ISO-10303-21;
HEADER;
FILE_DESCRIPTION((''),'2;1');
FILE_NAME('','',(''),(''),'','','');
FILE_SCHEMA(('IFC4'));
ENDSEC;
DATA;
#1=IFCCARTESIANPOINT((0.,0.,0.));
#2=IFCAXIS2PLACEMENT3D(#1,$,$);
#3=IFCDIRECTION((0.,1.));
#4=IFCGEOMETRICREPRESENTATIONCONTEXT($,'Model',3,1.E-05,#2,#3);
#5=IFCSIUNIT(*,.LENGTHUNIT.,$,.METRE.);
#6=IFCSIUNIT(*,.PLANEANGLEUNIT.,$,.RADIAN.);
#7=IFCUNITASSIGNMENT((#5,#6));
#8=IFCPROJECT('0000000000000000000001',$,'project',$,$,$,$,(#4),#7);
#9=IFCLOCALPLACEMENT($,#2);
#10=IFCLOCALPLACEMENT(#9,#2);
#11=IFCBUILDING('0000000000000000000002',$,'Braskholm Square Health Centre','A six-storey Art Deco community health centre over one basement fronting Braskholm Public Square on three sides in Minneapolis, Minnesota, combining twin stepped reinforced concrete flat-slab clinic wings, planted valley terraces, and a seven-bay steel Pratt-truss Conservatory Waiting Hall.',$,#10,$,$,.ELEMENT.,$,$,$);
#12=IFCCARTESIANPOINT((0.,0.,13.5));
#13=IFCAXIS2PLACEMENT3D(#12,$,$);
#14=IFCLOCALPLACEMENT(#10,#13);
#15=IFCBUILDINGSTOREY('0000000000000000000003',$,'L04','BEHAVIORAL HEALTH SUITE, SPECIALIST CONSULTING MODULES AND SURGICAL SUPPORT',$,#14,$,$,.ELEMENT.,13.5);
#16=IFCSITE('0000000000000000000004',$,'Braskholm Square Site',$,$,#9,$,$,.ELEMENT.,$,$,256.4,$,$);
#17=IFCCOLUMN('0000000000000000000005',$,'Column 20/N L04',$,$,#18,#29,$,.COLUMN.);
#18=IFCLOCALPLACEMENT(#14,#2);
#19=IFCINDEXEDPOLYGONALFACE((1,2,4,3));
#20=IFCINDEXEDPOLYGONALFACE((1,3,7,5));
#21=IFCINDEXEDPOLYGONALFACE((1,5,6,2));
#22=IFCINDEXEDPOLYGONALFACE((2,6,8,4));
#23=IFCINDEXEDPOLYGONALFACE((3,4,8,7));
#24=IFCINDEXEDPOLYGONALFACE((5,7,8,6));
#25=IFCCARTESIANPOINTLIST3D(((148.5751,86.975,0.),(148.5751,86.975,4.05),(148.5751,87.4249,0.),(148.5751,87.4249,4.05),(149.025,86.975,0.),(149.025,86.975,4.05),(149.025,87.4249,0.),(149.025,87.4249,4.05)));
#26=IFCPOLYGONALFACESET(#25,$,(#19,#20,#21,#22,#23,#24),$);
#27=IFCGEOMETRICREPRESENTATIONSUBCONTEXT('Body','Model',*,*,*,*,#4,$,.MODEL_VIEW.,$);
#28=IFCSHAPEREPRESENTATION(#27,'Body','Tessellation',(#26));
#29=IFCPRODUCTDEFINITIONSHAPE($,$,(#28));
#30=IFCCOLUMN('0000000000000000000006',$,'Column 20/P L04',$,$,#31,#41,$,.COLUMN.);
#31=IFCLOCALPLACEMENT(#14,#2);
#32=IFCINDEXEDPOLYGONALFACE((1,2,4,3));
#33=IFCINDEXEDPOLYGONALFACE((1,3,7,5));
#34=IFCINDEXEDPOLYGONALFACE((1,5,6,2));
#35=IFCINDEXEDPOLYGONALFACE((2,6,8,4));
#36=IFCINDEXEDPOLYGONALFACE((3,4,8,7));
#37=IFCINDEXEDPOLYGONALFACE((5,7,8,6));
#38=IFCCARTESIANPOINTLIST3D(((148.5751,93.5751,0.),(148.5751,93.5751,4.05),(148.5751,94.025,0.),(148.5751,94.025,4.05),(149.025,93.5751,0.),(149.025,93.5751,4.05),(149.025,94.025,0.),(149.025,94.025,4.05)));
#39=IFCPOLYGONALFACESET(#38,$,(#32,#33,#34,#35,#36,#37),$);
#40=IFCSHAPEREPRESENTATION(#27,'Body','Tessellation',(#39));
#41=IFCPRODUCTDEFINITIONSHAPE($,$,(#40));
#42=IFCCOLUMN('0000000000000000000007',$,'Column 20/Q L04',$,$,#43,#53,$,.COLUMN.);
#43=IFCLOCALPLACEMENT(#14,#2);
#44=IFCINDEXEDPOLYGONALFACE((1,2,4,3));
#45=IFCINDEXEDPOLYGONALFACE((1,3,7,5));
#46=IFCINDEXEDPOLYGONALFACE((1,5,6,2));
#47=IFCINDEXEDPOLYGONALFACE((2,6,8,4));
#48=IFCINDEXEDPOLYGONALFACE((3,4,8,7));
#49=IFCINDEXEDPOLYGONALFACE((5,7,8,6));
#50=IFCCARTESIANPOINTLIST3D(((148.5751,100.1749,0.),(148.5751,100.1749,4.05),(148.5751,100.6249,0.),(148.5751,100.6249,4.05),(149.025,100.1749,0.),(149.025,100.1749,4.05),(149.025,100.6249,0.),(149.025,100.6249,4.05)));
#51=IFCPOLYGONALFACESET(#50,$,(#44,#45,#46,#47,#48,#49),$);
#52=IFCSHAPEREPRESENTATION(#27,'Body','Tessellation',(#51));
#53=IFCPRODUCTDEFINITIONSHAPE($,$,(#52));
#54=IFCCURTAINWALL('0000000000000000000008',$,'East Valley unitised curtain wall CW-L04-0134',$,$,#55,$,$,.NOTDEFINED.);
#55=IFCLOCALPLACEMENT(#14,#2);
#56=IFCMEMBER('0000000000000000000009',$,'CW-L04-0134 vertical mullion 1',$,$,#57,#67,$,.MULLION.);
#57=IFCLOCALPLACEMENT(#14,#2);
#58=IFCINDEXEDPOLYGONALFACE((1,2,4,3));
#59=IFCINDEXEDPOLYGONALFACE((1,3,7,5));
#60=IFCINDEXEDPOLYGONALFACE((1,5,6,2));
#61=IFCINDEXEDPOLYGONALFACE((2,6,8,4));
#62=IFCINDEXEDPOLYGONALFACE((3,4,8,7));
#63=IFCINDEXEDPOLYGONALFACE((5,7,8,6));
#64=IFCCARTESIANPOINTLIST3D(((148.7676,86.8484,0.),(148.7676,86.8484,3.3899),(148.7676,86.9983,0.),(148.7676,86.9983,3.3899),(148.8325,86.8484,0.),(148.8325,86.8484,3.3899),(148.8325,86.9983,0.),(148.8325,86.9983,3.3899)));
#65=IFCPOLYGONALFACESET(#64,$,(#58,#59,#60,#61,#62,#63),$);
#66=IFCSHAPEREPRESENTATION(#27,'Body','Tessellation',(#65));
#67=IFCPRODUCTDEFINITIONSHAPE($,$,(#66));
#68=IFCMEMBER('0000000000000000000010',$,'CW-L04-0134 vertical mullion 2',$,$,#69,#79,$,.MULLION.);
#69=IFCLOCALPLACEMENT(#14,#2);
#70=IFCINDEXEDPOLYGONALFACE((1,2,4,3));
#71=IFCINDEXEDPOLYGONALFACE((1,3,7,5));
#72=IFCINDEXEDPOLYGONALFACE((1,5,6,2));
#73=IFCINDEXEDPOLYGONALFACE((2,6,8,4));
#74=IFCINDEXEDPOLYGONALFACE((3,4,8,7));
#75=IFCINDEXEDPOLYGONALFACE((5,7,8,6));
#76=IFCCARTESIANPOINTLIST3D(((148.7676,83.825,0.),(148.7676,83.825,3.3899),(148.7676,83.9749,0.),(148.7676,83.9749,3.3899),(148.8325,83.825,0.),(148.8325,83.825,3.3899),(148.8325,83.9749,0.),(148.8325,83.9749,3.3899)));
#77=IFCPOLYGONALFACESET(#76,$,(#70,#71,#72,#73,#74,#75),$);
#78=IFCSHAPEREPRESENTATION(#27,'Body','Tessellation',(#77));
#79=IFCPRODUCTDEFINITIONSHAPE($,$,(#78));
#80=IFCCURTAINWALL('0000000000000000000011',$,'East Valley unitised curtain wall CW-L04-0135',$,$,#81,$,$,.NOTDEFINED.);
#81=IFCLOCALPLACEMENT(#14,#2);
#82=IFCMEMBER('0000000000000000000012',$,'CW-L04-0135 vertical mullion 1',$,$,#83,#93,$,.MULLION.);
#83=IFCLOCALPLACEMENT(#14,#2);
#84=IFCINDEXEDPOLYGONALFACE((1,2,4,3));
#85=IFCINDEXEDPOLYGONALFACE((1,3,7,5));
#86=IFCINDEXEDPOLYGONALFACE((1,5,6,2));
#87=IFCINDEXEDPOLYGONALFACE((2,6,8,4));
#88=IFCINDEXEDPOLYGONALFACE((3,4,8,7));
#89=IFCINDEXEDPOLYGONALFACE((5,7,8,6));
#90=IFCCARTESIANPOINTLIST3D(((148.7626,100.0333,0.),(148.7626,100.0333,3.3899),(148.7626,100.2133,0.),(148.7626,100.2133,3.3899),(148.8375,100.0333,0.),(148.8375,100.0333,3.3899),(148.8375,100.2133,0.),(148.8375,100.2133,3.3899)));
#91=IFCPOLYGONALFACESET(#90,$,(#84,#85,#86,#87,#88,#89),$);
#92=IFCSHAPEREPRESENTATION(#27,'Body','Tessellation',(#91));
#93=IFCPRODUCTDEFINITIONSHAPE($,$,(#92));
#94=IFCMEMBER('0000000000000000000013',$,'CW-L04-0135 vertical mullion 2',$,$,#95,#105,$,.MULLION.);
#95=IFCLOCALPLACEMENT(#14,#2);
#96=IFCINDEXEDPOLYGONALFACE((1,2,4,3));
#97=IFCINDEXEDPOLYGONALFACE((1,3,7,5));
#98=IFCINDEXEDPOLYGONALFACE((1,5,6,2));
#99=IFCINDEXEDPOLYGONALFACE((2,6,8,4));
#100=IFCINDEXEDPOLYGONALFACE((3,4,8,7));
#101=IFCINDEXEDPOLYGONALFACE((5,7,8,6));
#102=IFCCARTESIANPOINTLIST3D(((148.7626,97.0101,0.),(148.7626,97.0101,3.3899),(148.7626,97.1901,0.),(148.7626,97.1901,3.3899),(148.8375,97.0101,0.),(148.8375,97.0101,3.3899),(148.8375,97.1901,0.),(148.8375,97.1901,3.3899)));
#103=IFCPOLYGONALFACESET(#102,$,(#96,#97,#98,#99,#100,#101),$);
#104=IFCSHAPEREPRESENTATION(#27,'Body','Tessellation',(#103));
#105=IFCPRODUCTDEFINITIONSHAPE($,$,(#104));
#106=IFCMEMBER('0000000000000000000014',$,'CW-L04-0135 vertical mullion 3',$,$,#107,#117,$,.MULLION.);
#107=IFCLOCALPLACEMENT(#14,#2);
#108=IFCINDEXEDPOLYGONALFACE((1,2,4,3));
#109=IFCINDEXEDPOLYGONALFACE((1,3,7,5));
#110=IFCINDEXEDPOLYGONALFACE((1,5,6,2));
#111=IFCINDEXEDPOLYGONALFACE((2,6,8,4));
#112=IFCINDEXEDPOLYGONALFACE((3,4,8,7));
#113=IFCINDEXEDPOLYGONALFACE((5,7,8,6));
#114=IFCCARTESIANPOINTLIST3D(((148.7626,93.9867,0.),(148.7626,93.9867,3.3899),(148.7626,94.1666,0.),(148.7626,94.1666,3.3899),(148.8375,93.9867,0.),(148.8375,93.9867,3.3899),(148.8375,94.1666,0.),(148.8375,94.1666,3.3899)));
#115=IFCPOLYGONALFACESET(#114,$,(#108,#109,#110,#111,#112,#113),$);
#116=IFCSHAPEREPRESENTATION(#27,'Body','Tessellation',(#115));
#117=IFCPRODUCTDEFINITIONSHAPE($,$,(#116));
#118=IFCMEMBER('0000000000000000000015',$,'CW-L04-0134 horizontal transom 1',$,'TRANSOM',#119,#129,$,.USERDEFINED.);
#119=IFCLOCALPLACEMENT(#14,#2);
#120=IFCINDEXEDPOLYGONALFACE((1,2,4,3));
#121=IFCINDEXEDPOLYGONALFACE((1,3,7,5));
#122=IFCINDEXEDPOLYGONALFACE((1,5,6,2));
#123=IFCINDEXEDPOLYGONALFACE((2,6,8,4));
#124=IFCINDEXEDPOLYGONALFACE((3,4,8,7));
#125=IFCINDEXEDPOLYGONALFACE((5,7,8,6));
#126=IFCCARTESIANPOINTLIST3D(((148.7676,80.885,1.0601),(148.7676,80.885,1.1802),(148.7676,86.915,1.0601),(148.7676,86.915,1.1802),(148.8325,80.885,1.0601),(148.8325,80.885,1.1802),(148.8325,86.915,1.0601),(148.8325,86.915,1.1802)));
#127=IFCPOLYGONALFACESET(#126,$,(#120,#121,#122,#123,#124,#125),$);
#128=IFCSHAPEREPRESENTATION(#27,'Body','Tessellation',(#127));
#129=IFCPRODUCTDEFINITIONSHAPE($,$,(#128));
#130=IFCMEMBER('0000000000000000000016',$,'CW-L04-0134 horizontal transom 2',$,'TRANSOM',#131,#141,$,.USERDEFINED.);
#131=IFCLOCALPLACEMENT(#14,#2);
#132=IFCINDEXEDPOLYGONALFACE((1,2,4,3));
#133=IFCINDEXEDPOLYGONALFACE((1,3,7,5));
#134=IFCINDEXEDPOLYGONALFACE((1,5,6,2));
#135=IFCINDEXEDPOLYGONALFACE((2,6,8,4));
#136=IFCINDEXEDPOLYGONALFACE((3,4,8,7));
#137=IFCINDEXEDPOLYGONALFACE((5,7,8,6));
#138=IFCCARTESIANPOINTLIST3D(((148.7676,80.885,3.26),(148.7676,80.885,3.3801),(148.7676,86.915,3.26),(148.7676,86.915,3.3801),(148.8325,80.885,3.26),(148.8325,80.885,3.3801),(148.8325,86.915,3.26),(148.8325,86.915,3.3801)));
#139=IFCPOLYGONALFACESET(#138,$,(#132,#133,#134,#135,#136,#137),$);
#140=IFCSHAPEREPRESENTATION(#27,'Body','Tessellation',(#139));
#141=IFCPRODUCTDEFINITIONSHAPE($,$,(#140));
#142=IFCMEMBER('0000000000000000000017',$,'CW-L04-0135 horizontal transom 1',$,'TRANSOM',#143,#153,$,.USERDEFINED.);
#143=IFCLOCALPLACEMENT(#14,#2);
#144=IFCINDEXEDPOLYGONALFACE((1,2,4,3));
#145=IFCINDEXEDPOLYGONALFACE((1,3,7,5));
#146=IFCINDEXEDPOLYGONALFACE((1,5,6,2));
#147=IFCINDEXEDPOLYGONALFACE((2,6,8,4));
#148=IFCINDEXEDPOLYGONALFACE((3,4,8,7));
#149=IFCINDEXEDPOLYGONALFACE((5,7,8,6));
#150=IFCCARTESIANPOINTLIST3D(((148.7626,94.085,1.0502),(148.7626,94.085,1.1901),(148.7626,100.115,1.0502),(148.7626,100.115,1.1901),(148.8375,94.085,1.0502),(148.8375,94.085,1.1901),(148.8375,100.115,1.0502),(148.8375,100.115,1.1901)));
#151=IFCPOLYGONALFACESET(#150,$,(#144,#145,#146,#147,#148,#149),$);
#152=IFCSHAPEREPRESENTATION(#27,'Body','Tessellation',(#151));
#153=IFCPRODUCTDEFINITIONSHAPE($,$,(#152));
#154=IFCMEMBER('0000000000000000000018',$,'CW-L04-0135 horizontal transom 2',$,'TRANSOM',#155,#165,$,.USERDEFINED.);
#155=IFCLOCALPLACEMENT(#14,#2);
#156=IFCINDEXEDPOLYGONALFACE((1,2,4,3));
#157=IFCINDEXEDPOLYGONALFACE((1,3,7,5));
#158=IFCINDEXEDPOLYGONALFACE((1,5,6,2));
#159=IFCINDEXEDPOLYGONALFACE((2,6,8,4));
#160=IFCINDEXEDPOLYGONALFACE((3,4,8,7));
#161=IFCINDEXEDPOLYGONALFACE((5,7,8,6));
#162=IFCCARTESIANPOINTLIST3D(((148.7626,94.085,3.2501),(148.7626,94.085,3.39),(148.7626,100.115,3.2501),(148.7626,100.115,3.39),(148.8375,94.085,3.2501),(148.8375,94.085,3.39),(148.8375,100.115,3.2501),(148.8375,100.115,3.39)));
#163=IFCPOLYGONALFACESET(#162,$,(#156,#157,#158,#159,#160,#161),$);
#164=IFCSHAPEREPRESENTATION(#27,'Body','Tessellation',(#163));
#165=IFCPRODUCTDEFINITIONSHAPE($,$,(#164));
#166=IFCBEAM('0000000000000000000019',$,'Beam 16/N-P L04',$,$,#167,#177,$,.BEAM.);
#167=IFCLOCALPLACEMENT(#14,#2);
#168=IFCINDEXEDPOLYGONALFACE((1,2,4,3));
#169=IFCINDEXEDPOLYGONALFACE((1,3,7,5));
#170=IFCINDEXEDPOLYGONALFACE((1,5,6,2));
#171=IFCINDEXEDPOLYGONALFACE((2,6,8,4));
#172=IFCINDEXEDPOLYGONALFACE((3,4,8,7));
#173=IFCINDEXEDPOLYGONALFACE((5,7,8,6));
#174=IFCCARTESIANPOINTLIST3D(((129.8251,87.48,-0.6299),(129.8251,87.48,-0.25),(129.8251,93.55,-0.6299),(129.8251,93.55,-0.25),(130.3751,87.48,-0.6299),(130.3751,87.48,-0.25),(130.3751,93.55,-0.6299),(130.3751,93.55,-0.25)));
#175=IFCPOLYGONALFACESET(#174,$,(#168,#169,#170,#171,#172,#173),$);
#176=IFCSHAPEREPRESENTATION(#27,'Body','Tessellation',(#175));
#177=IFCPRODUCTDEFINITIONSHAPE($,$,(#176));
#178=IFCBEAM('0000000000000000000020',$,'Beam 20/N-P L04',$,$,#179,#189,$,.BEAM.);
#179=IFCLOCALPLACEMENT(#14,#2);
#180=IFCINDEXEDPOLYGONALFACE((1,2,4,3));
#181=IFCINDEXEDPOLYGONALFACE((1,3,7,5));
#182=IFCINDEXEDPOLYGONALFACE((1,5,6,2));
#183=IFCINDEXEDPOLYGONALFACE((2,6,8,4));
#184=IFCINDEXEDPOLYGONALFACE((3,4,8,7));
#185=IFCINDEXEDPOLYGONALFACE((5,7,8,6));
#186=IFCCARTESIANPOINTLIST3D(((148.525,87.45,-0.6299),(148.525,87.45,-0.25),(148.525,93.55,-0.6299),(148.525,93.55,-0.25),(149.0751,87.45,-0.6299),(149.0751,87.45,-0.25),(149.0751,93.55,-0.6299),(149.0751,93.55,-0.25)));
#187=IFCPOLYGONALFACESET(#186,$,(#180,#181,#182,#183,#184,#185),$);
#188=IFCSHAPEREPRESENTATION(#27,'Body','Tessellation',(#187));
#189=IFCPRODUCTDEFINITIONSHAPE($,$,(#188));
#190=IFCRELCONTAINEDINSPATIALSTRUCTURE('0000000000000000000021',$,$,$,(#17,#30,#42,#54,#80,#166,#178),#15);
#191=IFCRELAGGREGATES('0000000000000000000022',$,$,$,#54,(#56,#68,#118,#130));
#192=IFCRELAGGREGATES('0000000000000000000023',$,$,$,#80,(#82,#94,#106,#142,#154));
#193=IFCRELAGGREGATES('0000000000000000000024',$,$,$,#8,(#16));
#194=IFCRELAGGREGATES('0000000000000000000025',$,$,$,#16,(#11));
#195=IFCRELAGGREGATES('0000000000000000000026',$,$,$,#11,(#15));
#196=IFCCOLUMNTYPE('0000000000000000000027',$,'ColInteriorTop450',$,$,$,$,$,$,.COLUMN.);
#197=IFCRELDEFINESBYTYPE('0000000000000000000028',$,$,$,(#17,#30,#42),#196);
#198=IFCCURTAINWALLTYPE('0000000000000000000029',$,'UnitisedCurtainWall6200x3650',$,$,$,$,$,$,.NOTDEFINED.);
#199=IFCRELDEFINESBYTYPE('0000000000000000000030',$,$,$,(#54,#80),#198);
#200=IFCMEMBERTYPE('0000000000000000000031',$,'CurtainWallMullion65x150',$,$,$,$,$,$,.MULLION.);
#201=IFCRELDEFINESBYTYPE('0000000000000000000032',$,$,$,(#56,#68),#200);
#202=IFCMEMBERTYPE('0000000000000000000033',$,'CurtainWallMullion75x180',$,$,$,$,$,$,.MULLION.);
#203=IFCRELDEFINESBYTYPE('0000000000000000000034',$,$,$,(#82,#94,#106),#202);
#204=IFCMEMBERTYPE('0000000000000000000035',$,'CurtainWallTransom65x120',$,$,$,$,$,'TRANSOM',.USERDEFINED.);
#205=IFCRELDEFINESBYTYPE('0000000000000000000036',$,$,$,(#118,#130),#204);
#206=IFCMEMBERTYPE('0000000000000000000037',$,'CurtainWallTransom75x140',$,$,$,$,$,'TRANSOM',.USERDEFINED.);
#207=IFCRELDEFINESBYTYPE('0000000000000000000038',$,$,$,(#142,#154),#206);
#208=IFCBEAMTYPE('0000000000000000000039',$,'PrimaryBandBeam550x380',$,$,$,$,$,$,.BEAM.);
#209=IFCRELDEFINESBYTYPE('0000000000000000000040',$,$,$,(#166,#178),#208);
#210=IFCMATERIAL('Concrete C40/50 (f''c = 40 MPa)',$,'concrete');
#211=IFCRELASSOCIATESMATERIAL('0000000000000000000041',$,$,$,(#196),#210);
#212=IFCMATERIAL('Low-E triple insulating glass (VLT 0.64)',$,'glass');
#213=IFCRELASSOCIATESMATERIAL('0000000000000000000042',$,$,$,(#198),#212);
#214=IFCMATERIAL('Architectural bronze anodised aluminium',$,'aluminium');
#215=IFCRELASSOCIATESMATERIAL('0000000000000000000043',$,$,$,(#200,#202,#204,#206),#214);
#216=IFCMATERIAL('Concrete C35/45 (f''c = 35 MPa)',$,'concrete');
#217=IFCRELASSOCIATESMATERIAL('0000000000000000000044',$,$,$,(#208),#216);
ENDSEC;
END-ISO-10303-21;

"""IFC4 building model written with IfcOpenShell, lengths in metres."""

from ifc_helpers import new_model, si_unit, direction, frame, origin, origin_2d, place, context, subcontext, project, spatial, rectangle, extrude, material, material_profile, profile_set, type_object, element, aggregate, save


model = new_model("IFC4")

# Units and contexts
model_context = context("Model", 3, precision=1e-05, world=origin(), true_north=direction((0.0, 1.0)))
body_context = subcontext(model_context, "Body", "Model", "MODEL_VIEW")
ifc_project = project(units=[si_unit("LENGTHUNIT", "METRE"), si_unit("PLANEANGLEUNIT", "RADIAN")], contexts=[model_context])

# Site, building, storey
site_placement = place(None, origin())
site = spatial("IfcSite", under=ifc_project, at=site_placement, Name="Braskholm Square Site", CompositionType="ELEMENT", RefElevation=256.4)
building_placement = place(site_placement, origin())
building = spatial("IfcBuilding", under=site, at=building_placement, Name="Braskholm Square Health Centre", Description="A six-storey Art Deco community health centre over one basement fronting Braskholm Public Square on three sides in Minneapolis, Minnesota, combining twin stepped reinforced concrete flat-slab clinic wings, planted valley terraces, and a seven-bay steel Pratt-truss Conservatory Waiting Hall.", CompositionType="ELEMENT")
storey_placement = place(building_placement, frame((0.0, 0.0, 13.5)))
storey = spatial("IfcBuildingStorey", under=building, at=storey_placement, Name="L04", Description="BEHAVIORAL HEALTH SUITE, SPECIALIST CONSULTING MODULES AND SURGICAL SUPPORT", CompositionType="ELEMENT", Elevation=13.5)

# Columns
ifc_material_1 = material(Name="Concrete C40/50 (f'c = 40 MPa)", Category="concrete")
ifc_material_profile_1 = material_profile(ifc_material_1, rectangle(XDim=0.45, YDim=0.45, at=origin_2d()), Name="RC-450X450")
ifc_profile_set_1 = profile_set([ifc_material_profile_1], Name="Concrete C40/50 (f'c = 40 MPa)")
column_type = type_object("IfcColumnType", Name="ColInteriorTop450", PredefinedType="COLUMN", material=ifc_profile_set_1)
for number, where, z_axis, x_axis, name in (
    (1, (148.8, 87.2, 0.0), (0.0, 0.0, 1.0), (1.0, 0.0, 0.0), "Column 20/N L04"),
    (2, (148.8, 93.8, 0.0), (0.0, 0.0, 1.0), (1.0, 0.0, 0.0), "Column 20/P L04"),
    (3, (148.8, 100.3999, 0.0), (0.0, 0.0, 1.0), (1.0, 0.0, 0.0), "Column 20/Q L04"),
):
    element("IfcColumn", number, at=place(storey_placement, frame(where, z_axis=z_axis, x_axis=x_axis)), inside=storey, type_object=column_type, Name=name, PredefinedType="COLUMN", context=body_context, shape_type="SweptSolid", body=[
        extrude(rectangle(XDim=0.45, YDim=0.45, at=origin_2d()), origin(), (0.0, 0.0, 1.0), 4.05),
    ])

# Curtain walls, members
ifc_material_2 = material(Name="Low-E triple insulating glass (VLT 0.64)", Category="glass")
curtain_wall_type = type_object("IfcCurtainWallType", Name="UnitisedCurtainWall6200x3650", PredefinedType="NOTDEFINED", material=ifc_material_2)
curtain_wall_1_placement = place(storey_placement, origin())
curtain_wall_1 = element("IfcCurtainWall", 4, at=curtain_wall_1_placement, inside=storey, type_object=curtain_wall_type, Name="East Valley unitised curtain wall CW-L04-0134", PredefinedType="NOTDEFINED")
ifc_material_3 = material(Name="Architectural bronze anodised aluminium", Category="aluminium")
ifc_material_profile_2 = material_profile(ifc_material_3, rectangle(XDim=0.0649, YDim=0.1499, at=origin_2d()), Name="ALU-65X150")
ifc_profile_set_2 = profile_set([ifc_material_profile_2], Name="Architectural bronze anodised aluminium")
member_type_1 = type_object("IfcMemberType", Name="CurtainWallMullion65x150", PredefinedType="MULLION", material=ifc_profile_set_2)
member_1_placement = place(storey_placement, frame((148.8, 86.9233, 0.0), z_axis=(0.0, 0.0, 1.0), x_axis=(1.0, 0.0, 0.0)))
member_1 = element("IfcMember", 5, at=member_1_placement, type_object=member_type_1, Name="CW-L04-0134 vertical mullion 1", PredefinedType="MULLION", context=body_context, shape_type="SweptSolid", body=[
    extrude(rectangle(XDim=0.0649, YDim=0.1499, at=origin_2d()), origin(), (0.0, 0.0, 1.0), 3.3899),
])
member_2_placement = place(storey_placement, frame((148.8, 83.8999, 0.0), z_axis=(0.0, 0.0, 1.0), x_axis=(1.0, 0.0, 0.0)))
member_2 = element("IfcMember", 6, at=member_2_placement, type_object=member_type_1, Name="CW-L04-0134 vertical mullion 2", PredefinedType="MULLION", context=body_context, shape_type="SweptSolid", body=[
    extrude(rectangle(XDim=0.0649, YDim=0.1499, at=origin_2d()), origin(), (0.0, 0.0, 1.0), 3.3899),
])
curtain_wall_2_placement = place(storey_placement, origin())
curtain_wall_2 = element("IfcCurtainWall", 7, at=curtain_wall_2_placement, inside=storey, type_object=curtain_wall_type, Name="East Valley unitised curtain wall CW-L04-0135", PredefinedType="NOTDEFINED")
ifc_material_profile_3 = material_profile(ifc_material_3, rectangle(XDim=0.075, YDim=0.1799, at=origin_2d()), Name="ALU-75X180")
ifc_profile_set_3 = profile_set([ifc_material_profile_3], Name="Architectural bronze anodised aluminium")
member_type_2 = type_object("IfcMemberType", Name="CurtainWallMullion75x180", PredefinedType="MULLION", material=ifc_profile_set_3)
member_3_placement = place(storey_placement, frame((148.8, 100.1233, 0.0), z_axis=(0.0, 0.0, 1.0), x_axis=(1.0, 0.0, 0.0)))
member_3 = element("IfcMember", 8, at=member_3_placement, type_object=member_type_2, Name="CW-L04-0135 vertical mullion 1", PredefinedType="MULLION", context=body_context, shape_type="SweptSolid", body=[
    extrude(rectangle(XDim=0.075, YDim=0.1799, at=origin_2d()), origin(), (0.0, 0.0, 1.0), 3.3899),
])
member_4_placement = place(storey_placement, frame((148.8, 97.1001, 0.0), z_axis=(0.0, 0.0, 1.0), x_axis=(1.0, 0.0, 0.0)))
member_4 = element("IfcMember", 9, at=member_4_placement, type_object=member_type_2, Name="CW-L04-0135 vertical mullion 2", PredefinedType="MULLION", context=body_context, shape_type="SweptSolid", body=[
    extrude(rectangle(XDim=0.075, YDim=0.1799, at=origin_2d()), origin(), (0.0, 0.0, 1.0), 3.3899),
])
member_5_placement = place(storey_placement, frame((148.8, 94.0767, 0.0), z_axis=(0.0, 0.0, 1.0), x_axis=(1.0, 0.0, 0.0)))
member_5 = element("IfcMember", 10, at=member_5_placement, type_object=member_type_2, Name="CW-L04-0135 vertical mullion 3", PredefinedType="MULLION", context=body_context, shape_type="SweptSolid", body=[
    extrude(rectangle(XDim=0.075, YDim=0.1799, at=origin_2d()), origin(), (0.0, 0.0, 1.0), 3.3899),
])

# Members
ifc_material_profile_4 = material_profile(ifc_material_3, rectangle(XDim=0.0649, YDim=0.1201, at=origin_2d()), Name="ALU-65X120")
ifc_profile_set_4 = profile_set([ifc_material_profile_4], Name="Architectural bronze anodised aluminium")
member_type_3 = type_object("IfcMemberType", Name="CurtainWallTransom65x120", ElementType="TRANSOM", PredefinedType="USERDEFINED", material=ifc_profile_set_4)
member_6_placement = place(storey_placement, frame((148.8, 86.915, 1.1201), z_axis=(0.0, -1.0, 0.0), x_axis=(1.0, 0.0, 0.0)))
member_6 = element("IfcMember", 11, at=member_6_placement, type_object=member_type_3, Name="CW-L04-0134 horizontal transom 1", ObjectType="TRANSOM", PredefinedType="USERDEFINED", context=body_context, shape_type="SweptSolid", body=[
    extrude(rectangle(XDim=0.0649, YDim=0.1201, at=origin_2d()), origin(), (0.0, 0.0, 1.0), 6.03),
])
member_7_placement = place(storey_placement, frame((148.8, 86.915, 3.3201), z_axis=(0.0, -1.0, 0.0), x_axis=(1.0, 0.0, 0.0)))
member_7 = element("IfcMember", 12, at=member_7_placement, type_object=member_type_3, Name="CW-L04-0134 horizontal transom 2", ObjectType="TRANSOM", PredefinedType="USERDEFINED", context=body_context, shape_type="SweptSolid", body=[
    extrude(rectangle(XDim=0.0649, YDim=0.1201, at=origin_2d()), origin(), (0.0, 0.0, 1.0), 6.03),
])
ifc_material_profile_5 = material_profile(ifc_material_3, rectangle(XDim=0.075, YDim=0.1399, at=origin_2d()), Name="ALU-75X140")
ifc_profile_set_5 = profile_set([ifc_material_profile_5], Name="Architectural bronze anodised aluminium")
member_type_4 = type_object("IfcMemberType", Name="CurtainWallTransom75x140", ElementType="TRANSOM", PredefinedType="USERDEFINED", material=ifc_profile_set_5)
member_8_placement = place(storey_placement, frame((148.8, 100.115, 1.1201), z_axis=(0.0, -1.0, 0.0), x_axis=(1.0, 0.0, 0.0)))
member_8 = element("IfcMember", 13, at=member_8_placement, type_object=member_type_4, Name="CW-L04-0135 horizontal transom 1", ObjectType="TRANSOM", PredefinedType="USERDEFINED", context=body_context, shape_type="SweptSolid", body=[
    extrude(rectangle(XDim=0.075, YDim=0.1399, at=origin_2d()), origin(), (0.0, 0.0, 1.0), 6.03),
])
member_9_placement = place(storey_placement, frame((148.8, 100.115, 3.3201), z_axis=(0.0, -1.0, 0.0), x_axis=(1.0, 0.0, 0.0)))
member_9 = element("IfcMember", 14, at=member_9_placement, type_object=member_type_4, Name="CW-L04-0135 horizontal transom 2", ObjectType="TRANSOM", PredefinedType="USERDEFINED", context=body_context, shape_type="SweptSolid", body=[
    extrude(rectangle(XDim=0.075, YDim=0.1399, at=origin_2d()), origin(), (0.0, 0.0, 1.0), 6.03),
])

# Beams
ifc_material_4 = material(Name="Concrete C35/45 (f'c = 35 MPa)", Category="concrete")
ifc_material_profile_6 = material_profile(ifc_material_4, rectangle(XDim=0.55, YDim=0.3799, at=origin_2d()), Name="RCB-550X380")
ifc_profile_set_6 = profile_set([ifc_material_profile_6], Name="Concrete C35/45 (f'c = 35 MPa)")
beam_type_1 = type_object("IfcBeamType", Name="PrimaryBandBeam550x380", PredefinedType="BEAM", material=ifc_profile_set_6)
beam_1_placement = place(storey_placement, frame((130.1001, 87.48, -0.4399), z_axis=(0.0, 1.0, 0.0), x_axis=(-1.0, 0.0, 0.0)))
element("IfcBeam", 15, at=beam_1_placement, inside=storey, type_object=beam_type_1, Name="Beam 16/N-P L04", PredefinedType="BEAM", context=body_context, shape_type="SweptSolid", body=[
    extrude(rectangle(XDim=0.55, YDim=0.3799, at=origin_2d()), origin(), (0.0, 0.0, 1.0), 6.0701),
])
beam_2_placement = place(storey_placement, frame((148.8, 87.45, -0.4399), z_axis=(0.0, 1.0, 0.0), x_axis=(-1.0, 0.0, 0.0)))
element("IfcBeam", 16, at=beam_2_placement, inside=storey, type_object=beam_type_1, Name="Beam 20/N-P L04", PredefinedType="BEAM", context=body_context, shape_type="SweptSolid", body=[
    extrude(rectangle(XDim=0.55, YDim=0.3799, at=origin_2d()), origin(), (0.0, 0.0, 1.0), 6.1001),
])

aggregate(curtain_wall_1, [member_1, member_2, member_6, member_7])
aggregate(curtain_wall_2, [member_3, member_4, member_5, member_8, member_9])

save(model, "model.ifc")
